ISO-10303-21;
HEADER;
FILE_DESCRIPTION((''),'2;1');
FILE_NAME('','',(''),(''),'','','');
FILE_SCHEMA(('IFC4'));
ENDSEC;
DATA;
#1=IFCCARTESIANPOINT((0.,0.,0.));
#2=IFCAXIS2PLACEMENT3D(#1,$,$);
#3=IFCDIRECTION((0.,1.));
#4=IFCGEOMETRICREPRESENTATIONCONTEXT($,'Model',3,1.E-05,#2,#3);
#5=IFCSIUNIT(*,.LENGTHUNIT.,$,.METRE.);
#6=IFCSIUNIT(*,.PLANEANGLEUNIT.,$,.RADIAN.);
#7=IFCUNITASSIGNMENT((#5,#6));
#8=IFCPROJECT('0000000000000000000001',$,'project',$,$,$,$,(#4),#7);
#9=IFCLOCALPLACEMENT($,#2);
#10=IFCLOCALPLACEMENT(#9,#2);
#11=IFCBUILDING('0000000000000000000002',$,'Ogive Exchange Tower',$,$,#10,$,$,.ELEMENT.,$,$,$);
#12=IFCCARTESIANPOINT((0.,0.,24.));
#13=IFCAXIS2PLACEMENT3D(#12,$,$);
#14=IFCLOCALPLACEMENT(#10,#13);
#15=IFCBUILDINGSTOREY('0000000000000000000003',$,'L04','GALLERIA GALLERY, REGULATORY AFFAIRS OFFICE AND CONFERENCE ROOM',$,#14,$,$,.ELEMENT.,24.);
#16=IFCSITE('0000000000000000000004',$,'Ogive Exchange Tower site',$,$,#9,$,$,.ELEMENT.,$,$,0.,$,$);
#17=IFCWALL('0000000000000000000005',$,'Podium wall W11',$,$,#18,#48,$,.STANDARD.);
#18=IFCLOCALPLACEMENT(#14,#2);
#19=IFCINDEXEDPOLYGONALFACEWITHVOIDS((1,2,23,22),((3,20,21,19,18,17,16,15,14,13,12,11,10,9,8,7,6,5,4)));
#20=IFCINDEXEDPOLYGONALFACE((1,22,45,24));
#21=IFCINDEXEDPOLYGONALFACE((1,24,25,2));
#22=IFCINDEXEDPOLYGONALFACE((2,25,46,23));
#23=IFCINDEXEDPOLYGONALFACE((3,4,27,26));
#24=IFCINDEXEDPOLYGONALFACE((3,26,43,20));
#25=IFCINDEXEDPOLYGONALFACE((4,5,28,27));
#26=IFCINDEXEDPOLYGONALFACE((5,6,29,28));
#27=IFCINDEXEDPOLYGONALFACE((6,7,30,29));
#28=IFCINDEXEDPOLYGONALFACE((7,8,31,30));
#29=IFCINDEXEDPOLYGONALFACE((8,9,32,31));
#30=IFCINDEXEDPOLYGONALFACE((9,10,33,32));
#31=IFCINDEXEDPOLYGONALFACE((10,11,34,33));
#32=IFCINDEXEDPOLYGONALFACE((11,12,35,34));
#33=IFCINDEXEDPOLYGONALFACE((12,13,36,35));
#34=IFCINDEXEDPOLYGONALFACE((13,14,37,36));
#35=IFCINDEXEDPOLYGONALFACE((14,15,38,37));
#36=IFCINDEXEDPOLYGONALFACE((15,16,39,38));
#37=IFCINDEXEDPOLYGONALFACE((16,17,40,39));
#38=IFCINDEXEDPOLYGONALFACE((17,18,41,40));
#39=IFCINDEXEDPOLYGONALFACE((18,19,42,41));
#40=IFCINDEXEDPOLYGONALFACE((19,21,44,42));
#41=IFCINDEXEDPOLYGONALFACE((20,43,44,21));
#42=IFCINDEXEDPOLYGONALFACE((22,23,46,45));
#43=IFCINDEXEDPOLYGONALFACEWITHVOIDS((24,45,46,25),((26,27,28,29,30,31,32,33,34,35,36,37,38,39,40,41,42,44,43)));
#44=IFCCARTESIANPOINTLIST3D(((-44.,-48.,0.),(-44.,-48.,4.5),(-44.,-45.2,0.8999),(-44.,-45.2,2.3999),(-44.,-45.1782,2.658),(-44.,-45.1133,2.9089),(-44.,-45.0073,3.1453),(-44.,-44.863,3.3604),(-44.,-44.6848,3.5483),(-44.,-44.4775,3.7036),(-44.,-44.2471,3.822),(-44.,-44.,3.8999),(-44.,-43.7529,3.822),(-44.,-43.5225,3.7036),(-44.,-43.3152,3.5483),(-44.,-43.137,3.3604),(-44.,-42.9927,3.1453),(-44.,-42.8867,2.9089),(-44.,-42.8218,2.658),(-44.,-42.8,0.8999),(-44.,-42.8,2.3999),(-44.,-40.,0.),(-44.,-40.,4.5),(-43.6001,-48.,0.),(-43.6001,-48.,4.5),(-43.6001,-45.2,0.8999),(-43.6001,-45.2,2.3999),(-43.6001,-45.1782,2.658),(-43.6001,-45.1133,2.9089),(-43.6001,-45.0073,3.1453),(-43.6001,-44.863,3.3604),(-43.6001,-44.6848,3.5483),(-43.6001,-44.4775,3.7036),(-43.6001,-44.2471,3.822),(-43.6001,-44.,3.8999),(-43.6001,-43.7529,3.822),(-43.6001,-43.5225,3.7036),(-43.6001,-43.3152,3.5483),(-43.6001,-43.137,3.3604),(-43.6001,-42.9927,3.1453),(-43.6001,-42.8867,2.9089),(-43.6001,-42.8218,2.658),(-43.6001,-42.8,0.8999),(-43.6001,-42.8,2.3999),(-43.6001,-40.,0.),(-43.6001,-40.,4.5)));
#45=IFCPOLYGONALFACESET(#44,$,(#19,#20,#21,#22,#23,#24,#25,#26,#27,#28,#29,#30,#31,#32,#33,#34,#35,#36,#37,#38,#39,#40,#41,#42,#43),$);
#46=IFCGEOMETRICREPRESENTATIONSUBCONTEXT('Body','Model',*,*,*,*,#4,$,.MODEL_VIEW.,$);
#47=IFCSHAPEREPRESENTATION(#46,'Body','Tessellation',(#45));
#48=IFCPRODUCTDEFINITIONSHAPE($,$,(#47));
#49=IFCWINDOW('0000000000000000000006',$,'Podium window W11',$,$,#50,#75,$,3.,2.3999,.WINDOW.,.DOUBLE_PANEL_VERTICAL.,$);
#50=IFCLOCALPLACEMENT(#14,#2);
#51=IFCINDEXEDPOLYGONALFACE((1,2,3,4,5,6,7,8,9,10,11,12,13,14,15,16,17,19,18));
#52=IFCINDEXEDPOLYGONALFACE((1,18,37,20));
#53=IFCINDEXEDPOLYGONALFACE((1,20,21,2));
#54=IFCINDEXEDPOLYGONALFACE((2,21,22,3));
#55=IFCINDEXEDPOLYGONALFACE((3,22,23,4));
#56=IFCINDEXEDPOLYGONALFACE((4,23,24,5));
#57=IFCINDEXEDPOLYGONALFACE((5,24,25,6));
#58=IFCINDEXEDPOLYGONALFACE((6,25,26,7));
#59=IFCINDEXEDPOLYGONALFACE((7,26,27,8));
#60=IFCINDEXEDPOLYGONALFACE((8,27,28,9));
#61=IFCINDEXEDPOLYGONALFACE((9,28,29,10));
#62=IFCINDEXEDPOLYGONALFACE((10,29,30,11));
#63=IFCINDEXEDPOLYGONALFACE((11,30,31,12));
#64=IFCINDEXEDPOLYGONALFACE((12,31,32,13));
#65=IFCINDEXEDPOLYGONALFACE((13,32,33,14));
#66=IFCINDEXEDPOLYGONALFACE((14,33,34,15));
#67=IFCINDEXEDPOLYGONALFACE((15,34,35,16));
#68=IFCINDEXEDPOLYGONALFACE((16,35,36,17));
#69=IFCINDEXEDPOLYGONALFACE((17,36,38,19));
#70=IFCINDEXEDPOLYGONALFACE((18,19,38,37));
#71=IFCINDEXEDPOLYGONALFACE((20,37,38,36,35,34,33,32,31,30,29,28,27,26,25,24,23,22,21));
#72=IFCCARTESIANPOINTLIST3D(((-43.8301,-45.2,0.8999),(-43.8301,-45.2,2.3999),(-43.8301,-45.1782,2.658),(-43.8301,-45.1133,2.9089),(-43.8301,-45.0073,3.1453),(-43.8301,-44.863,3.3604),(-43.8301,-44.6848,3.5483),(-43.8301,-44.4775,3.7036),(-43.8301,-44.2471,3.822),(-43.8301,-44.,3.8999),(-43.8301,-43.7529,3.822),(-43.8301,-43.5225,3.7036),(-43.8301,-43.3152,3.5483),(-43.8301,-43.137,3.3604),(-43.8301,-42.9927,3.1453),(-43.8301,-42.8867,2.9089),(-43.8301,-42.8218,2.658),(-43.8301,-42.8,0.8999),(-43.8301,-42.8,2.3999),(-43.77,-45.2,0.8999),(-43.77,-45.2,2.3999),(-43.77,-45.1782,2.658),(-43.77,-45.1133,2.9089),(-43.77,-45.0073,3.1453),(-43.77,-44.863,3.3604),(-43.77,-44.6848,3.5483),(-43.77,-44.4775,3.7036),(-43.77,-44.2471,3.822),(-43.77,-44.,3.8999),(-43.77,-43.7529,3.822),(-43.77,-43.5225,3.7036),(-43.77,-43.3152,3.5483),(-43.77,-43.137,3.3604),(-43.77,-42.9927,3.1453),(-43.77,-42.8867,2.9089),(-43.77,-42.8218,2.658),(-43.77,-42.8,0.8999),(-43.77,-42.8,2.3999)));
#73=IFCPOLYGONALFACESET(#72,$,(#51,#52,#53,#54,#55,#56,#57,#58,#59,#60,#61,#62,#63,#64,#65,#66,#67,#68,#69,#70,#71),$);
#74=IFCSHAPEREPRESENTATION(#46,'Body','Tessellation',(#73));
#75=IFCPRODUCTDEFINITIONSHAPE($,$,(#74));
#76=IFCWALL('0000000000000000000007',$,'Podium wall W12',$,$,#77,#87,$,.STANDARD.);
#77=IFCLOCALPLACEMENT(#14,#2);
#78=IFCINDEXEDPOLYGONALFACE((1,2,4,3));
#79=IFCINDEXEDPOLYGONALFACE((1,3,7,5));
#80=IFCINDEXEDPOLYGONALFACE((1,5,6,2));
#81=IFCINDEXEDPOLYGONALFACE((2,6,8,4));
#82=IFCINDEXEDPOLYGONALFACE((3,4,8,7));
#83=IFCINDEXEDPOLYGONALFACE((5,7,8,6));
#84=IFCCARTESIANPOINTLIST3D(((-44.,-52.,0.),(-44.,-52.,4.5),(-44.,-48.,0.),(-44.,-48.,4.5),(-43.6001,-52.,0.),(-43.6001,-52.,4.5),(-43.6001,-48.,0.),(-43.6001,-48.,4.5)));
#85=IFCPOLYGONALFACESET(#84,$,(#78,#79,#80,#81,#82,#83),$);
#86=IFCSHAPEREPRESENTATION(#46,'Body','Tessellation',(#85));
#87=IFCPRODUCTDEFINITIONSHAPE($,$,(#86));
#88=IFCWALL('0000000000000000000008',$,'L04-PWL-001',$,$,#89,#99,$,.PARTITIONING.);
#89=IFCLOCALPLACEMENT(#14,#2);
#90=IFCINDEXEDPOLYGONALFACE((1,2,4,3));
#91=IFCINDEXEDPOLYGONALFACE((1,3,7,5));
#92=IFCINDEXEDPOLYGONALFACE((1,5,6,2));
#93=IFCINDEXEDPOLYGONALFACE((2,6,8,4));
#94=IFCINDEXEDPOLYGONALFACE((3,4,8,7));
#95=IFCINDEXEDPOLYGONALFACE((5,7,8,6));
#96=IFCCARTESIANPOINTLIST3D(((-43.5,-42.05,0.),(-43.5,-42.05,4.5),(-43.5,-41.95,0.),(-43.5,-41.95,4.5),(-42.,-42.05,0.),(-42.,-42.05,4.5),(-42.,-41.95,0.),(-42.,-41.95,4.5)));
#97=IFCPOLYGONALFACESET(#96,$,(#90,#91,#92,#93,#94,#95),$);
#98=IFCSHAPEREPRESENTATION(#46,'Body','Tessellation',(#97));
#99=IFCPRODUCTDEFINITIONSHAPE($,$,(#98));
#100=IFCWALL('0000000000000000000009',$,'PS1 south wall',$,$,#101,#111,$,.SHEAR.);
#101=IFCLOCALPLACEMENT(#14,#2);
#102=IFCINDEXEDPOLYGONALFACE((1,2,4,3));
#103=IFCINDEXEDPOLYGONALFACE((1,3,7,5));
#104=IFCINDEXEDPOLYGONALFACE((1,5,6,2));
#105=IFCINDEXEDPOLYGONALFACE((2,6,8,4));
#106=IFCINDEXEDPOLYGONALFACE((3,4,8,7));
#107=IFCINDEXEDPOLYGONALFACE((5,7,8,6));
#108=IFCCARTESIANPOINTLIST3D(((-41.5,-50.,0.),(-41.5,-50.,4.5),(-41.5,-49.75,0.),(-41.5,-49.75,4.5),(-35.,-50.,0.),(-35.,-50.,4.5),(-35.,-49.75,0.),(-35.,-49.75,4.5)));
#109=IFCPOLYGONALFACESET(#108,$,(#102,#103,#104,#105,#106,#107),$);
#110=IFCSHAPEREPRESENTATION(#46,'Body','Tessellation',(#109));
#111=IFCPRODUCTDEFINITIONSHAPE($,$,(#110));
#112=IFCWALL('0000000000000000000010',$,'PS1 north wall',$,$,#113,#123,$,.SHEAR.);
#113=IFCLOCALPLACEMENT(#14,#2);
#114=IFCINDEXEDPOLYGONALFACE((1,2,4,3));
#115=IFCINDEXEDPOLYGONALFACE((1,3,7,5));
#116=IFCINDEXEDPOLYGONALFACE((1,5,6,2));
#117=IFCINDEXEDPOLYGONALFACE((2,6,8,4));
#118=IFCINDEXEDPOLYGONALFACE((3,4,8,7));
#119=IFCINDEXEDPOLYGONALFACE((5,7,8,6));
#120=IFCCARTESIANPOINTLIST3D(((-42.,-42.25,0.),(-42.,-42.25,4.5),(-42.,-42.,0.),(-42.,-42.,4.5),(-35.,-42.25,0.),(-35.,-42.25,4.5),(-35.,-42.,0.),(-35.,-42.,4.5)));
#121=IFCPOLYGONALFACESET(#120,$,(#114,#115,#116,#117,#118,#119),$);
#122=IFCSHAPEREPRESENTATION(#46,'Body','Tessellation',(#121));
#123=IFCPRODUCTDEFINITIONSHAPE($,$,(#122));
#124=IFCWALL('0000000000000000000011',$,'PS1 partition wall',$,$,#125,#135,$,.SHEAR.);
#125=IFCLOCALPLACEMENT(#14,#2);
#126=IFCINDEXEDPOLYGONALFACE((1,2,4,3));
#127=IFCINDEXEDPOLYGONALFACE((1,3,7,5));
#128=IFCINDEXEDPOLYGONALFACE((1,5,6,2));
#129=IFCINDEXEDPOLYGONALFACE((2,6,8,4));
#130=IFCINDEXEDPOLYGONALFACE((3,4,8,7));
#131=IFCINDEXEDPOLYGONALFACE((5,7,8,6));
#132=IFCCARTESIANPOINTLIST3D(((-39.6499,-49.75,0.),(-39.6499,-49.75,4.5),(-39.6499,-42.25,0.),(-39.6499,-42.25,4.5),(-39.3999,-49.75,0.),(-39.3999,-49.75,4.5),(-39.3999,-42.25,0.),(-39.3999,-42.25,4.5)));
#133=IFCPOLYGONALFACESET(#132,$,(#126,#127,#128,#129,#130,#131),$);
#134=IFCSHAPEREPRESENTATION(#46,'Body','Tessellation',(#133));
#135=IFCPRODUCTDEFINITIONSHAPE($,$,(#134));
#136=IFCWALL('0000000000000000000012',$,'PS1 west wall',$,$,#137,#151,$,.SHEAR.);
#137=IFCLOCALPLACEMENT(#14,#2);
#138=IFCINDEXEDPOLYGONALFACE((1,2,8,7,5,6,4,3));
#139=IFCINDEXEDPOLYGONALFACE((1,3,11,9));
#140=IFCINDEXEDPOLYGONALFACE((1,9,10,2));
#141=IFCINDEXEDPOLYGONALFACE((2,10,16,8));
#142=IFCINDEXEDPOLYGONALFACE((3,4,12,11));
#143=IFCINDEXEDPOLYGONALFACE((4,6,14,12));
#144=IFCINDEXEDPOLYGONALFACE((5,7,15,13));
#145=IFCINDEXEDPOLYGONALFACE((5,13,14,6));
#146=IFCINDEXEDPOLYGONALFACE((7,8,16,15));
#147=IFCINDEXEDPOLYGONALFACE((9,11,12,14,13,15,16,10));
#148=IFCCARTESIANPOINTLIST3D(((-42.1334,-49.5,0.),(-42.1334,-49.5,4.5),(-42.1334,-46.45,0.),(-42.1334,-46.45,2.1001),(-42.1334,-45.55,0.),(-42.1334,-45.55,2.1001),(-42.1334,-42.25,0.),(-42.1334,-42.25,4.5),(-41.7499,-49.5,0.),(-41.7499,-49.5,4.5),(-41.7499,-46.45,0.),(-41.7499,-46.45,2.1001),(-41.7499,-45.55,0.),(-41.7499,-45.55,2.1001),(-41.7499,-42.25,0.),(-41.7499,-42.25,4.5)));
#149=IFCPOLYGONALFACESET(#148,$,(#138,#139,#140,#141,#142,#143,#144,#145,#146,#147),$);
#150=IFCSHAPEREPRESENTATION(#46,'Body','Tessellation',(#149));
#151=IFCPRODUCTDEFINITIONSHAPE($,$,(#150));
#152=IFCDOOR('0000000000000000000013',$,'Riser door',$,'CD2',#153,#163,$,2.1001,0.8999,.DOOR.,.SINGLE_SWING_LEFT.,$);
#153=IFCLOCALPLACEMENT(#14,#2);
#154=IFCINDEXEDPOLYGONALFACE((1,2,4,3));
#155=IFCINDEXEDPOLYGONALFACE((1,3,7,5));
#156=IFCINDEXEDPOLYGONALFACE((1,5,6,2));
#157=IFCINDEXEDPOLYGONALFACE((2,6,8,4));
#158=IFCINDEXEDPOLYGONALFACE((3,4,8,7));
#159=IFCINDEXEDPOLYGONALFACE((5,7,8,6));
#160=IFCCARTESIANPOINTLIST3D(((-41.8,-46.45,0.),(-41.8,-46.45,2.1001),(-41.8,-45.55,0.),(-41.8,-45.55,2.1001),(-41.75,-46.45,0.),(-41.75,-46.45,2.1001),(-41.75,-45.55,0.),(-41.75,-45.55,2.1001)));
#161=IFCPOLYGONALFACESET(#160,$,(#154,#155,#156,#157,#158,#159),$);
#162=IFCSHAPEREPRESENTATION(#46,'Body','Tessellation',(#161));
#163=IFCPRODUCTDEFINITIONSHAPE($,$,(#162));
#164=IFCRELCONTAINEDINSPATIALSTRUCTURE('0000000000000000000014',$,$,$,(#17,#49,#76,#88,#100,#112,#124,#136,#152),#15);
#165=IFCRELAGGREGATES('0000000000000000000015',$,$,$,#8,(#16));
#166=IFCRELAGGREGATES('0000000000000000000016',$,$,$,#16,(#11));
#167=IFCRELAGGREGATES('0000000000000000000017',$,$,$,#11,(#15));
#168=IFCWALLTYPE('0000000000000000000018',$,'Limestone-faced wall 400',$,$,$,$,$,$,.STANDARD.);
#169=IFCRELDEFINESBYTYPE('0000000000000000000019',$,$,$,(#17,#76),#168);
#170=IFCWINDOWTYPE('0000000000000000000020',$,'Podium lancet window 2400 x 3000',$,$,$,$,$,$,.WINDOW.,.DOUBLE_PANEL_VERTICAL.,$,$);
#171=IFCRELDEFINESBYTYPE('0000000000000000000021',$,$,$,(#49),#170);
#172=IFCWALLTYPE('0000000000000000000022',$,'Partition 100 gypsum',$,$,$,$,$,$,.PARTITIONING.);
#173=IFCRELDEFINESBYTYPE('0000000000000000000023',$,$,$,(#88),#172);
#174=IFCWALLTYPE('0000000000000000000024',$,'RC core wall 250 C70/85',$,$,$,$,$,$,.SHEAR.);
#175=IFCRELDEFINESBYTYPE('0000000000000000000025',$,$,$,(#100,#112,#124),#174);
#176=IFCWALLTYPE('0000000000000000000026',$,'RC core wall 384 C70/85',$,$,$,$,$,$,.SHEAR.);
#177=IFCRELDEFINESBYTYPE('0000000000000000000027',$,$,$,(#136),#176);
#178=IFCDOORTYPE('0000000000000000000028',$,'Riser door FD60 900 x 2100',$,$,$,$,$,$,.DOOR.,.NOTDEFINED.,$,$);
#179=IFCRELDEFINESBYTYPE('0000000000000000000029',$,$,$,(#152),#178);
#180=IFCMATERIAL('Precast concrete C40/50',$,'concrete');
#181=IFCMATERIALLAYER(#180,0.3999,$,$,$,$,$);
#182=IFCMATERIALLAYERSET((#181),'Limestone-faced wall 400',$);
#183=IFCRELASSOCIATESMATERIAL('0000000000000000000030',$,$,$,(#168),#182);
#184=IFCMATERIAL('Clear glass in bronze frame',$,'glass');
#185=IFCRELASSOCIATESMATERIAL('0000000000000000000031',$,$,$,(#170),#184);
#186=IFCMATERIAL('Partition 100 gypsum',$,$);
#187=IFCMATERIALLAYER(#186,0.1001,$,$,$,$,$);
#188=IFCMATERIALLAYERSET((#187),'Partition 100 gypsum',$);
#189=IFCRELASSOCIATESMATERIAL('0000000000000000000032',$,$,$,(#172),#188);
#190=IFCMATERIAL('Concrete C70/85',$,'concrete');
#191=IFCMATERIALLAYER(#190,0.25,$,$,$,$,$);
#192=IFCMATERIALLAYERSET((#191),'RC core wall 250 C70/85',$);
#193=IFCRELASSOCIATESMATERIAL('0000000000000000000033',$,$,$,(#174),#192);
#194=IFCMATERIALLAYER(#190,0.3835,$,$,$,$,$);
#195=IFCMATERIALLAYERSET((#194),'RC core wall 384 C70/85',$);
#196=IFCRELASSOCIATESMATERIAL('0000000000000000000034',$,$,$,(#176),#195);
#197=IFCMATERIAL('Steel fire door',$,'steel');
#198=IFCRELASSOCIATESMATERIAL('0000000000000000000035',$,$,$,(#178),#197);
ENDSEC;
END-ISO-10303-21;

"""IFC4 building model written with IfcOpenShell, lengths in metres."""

from ifc_helpers import new_model, si_unit, direction, frame, frame_2d, origin, place, context, subcontext, project, spatial, polyline, rectangle, outline, extrude, material, layer, layer_set, type_object, element, fill, save


model = new_model("IFC4")

# Units and contexts
model_context = context("Model", 3, precision=1e-05, world=origin(), true_north=direction((0.0, 1.0)))
body_context = subcontext(model_context, "Body", "Model", "MODEL_VIEW")
ifc_project = project(units=[si_unit("LENGTHUNIT", "METRE"), si_unit("PLANEANGLEUNIT", "RADIAN")], contexts=[model_context])

# Site, building, storey
site_placement = place(None, origin())
site = spatial("IfcSite", under=ifc_project, at=site_placement, Name="Ogive Exchange Tower site", CompositionType="ELEMENT", RefElevation=0.0)
building_placement = place(site_placement, origin())
building = spatial("IfcBuilding", under=site, at=building_placement, Name="Ogive Exchange Tower", CompositionType="ELEMENT")
storey_placement = place(building_placement, frame((0.0, 0.0, 24.0)))
storey = spatial("IfcBuildingStorey", under=building, at=storey_placement, Name="L04", Description="GALLERIA GALLERY, REGULATORY AFFAIRS OFFICE AND CONFERENCE ROOM", CompositionType="ELEMENT", Elevation=24.0)

# Shared definitions
ifc_material_1 = material(Name="Concrete C70/85", Category="concrete")

# Shared definitions
ifc_material_2 = material(Name="Precast concrete C40/50", Category="concrete")
ifc_layer_1 = layer(ifc_material_2, 0.3999)
ifc_layer_set_1 = layer_set([ifc_layer_1], Name="Limestone-faced wall 400")
wall_type_1 = type_object("IfcWallType", Name="Limestone-faced wall 400", PredefinedType="STANDARD", material=ifc_layer_set_1)

# Shared definitions
ifc_material_3 = material(Name="Clear glass in bronze frame", Category="glass")

# Wall, opening, window
wall_1_placement = place(storey_placement, frame((-43.8, -40.0, 0.0), z_axis=(0.0, 0.0, 1.0), x_axis=(0.0, -1.0, 0.0)))
wall_1 = element("IfcWall", 1, at=wall_1_placement, inside=storey, type_object=wall_type_1, Name="Podium wall W11", PredefinedType="STANDARD", context=body_context, shape_type="SweptSolid", body=[
    extrude(rectangle(XDim=8.0, YDim=0.3999, at=frame_2d((4.0, 0.0))), origin(), (0.0, 0.0, 1.0), 4.5),
])
opening_1_placement = place(wall_1_placement, frame((2.8, 0.0, 0.8999)))
opening_1 = element("IfcOpeningElement", 2, at=opening_1_placement, cuts=wall_1, PredefinedType="OPENING", context=body_context, shape_type="SweptSolid", body=[
    extrude(outline(polyline([(0.0, 0.0), (2.3999, 0.0), (2.3999, 1.5), (2.3782, 1.7581), (2.3132, 2.009), (2.2073, 2.2454), (2.063, 2.4604), (1.8848, 2.6484), (1.6775, 2.8037), (1.447, 2.9221), (1.2, 3.0), (0.9529, 2.9221), (0.7224, 2.8037), (0.5151, 2.6484), (0.3369, 2.4604), (0.1926, 2.2454), (0.0867, 2.009), (0.0217, 1.7581), (0.0, 1.5), (0.0, 0.0)])), frame((0.0, 0.21, 0.0), z_axis=(0.0, -1.0, 0.0), x_axis=(1.0, 0.0, 0.0)), (0.0, 0.0, 1.0), 0.4199),
])
window_type_1 = type_object("IfcWindowType", Name="Podium lancet window 2400 x 3000", PartitioningType="DOUBLE_PANEL_VERTICAL", PredefinedType="WINDOW", material=ifc_material_3)
window_1_placement = place(opening_1_placement, origin())
window_1 = element("IfcWindow", 3, at=window_1_placement, inside=storey, type_object=window_type_1, Name="Podium window W11", OverallHeight=3.0, OverallWidth=2.3999, PartitioningType="DOUBLE_PANEL_VERTICAL", PredefinedType="WINDOW", context=body_context, shape_type="SweptSolid", body=[
    extrude(outline(polyline([(0.0, 0.0), (2.3999, 0.0), (2.3999, 1.5), (2.3782, 1.7581), (2.3132, 2.009), (2.2073, 2.2454), (2.063, 2.4604), (1.8848, 2.6484), (1.6775, 2.8037), (1.447, 2.9221), (1.2, 3.0), (0.9529, 2.9221), (0.7224, 2.8037), (0.5151, 2.6484), (0.3369, 2.4604), (0.1926, 2.2454), (0.0867, 2.009), (0.0217, 1.7581), (0.0, 1.5), (0.0, 0.0)])), frame((0.0, 0.03, 0.0), z_axis=(0.0, -1.0, 0.0), x_axis=(1.0, 0.0, 0.0)), (0.0, 0.0, 1.0), 0.0601),
])
fill(opening_1, window_1)

# Walls
wall_2_placement = place(storey_placement, frame((-43.8, -48.0, 0.0), z_axis=(0.0, 0.0, 1.0), x_axis=(0.0, -1.0, 0.0)))
element("IfcWall", 4, at=wall_2_placement, inside=storey, type_object=wall_type_1, Name="Podium wall W12", PredefinedType="STANDARD", context=body_context, shape_type="SweptSolid", body=[
    extrude(rectangle(XDim=4.0, YDim=0.3999, at=frame_2d((2.0, 0.0))), origin(), (0.0, 0.0, 1.0), 4.5),
])
ifc_material_4 = material(Name="Partition 100 gypsum")
ifc_layer_2 = layer(ifc_material_4, 0.1001)
ifc_layer_set_2 = layer_set([ifc_layer_2], Name="Partition 100 gypsum")
wall_type_2 = type_object("IfcWallType", Name="Partition 100 gypsum", PredefinedType="PARTITIONING", material=ifc_layer_set_2)
wall_3_placement = place(storey_placement, frame((-43.5, -42.0, 0.0), z_axis=(0.0, 0.0, 1.0), x_axis=(1.0, 0.0, 0.0)))
element("IfcWall", 5, at=wall_3_placement, inside=storey, type_object=wall_type_2, Name="L04-PWL-001", PredefinedType="PARTITIONING", context=body_context, shape_type="SweptSolid", body=[
    extrude(rectangle(XDim=1.5, YDim=0.1001, at=frame_2d((0.75, 0.0))), origin(), (0.0, 0.0, 1.0), 4.5),
])
ifc_layer_3 = layer(ifc_material_1, 0.25)
ifc_layer_set_3 = layer_set([ifc_layer_3], Name="RC core wall 250 C70/85")
wall_type_3 = type_object("IfcWallType", Name="RC core wall 250 C70/85", PredefinedType="SHEAR", material=ifc_layer_set_3)
wall_4_placement = place(storey_placement, frame((-41.5, -49.875, 0.0), z_axis=(0.0, 0.0, 1.0), x_axis=(1.0, 0.0, 0.0)))
element("IfcWall", 6, at=wall_4_placement, inside=storey, type_object=wall_type_3, Name="PS1 south wall", PredefinedType="SHEAR", context=body_context, shape_type="SweptSolid", body=[
    extrude(rectangle(XDim=6.5, YDim=0.25, at=frame_2d((3.25, 0.0))), origin(), (0.0, 0.0, 1.0), 4.5),
])
wall_5_placement = place(storey_placement, frame((-42.0, -42.125, 0.0), z_axis=(0.0, 0.0, 1.0), x_axis=(1.0, 0.0, 0.0)))
element("IfcWall", 7, at=wall_5_placement, inside=storey, type_object=wall_type_3, Name="PS1 north wall", PredefinedType="SHEAR", context=body_context, shape_type="SweptSolid", body=[
    extrude(rectangle(XDim=7.0, YDim=0.25, at=frame_2d((3.5, 0.0))), origin(), (0.0, 0.0, 1.0), 4.5),
])
wall_6_placement = place(storey_placement, frame((-39.5249, -49.75, 0.0), z_axis=(0.0, 0.0, 1.0), x_axis=(0.0, 1.0, 0.0)))
element("IfcWall", 8, at=wall_6_placement, inside=storey, type_object=wall_type_3, Name="PS1 partition wall", PredefinedType="SHEAR", context=body_context, shape_type="SweptSolid", body=[
    extrude(rectangle(XDim=7.5, YDim=0.25, at=frame_2d((3.75, 0.0))), origin(), (0.0, 0.0, 1.0), 4.5),
])

# Wall, opening, door
ifc_layer_4 = layer(ifc_material_1, 0.3835)
ifc_layer_set_4 = layer_set([ifc_layer_4], Name="RC core wall 384 C70/85")
wall_type_4 = type_object("IfcWallType", Name="RC core wall 384 C70/85", PredefinedType="SHEAR", material=ifc_layer_set_4)
wall_7_placement = place(storey_placement, frame((-41.9417, -49.5, 0.0), z_axis=(0.0, 0.0, 1.0), x_axis=(0.0, 1.0, 0.0)))
wall_7 = element("IfcWall", 9, at=wall_7_placement, inside=storey, type_object=wall_type_4, Name="PS1 west wall", PredefinedType="SHEAR", context=body_context, shape_type="SweptSolid", body=[
    extrude(rectangle(XDim=7.25, YDim=0.3835, at=frame_2d((3.625, 0.0))), origin(), (0.0, 0.0, 1.0), 4.5),
])
opening_2_placement = place(wall_7_placement, frame((3.05, 0.0, 0.0)))
opening_2 = element("IfcOpeningElement", 10, at=opening_2_placement, cuts=wall_7, PredefinedType="OPENING", context=body_context, shape_type="SweptSolid", body=[
    extrude(rectangle(XDim=0.8999, YDim=2.1001, at=frame_2d((0.45, 1.05))), frame((0.0, 0.2017, 0.0), z_axis=(0.0, -1.0, 0.0), x_axis=(1.0, 0.0, 0.0)), (0.0, 0.0, 1.0), 0.4036),
])
ifc_material_5 = material(Name="Steel fire door", Category="steel")
door_type = type_object("IfcDoorType", Name="Riser door FD60 900 x 2100", OperationType="NOTDEFINED", PredefinedType="DOOR", material=ifc_material_5)
door_placement = place(opening_2_placement, origin())
door = element("IfcDoor", 11, at=door_placement, inside=storey, type_object=door_type, Name="Riser door", ObjectType="CD2", OperationType="SINGLE_SWING_LEFT", OverallHeight=2.1001, OverallWidth=0.8999, PredefinedType="DOOR", context=body_context, shape_type="SweptSolid", body=[
    extrude(rectangle(XDim=0.8999, YDim=2.1001, at=frame_2d((0.45, 1.05))), frame((0.0, -0.1416, 0.0), z_axis=(0.0, -1.0, 0.0), x_axis=(1.0, 0.0, 0.0)), (0.0, 0.0, 1.0), 0.05),
])
fill(opening_2, door)

save(model, "model.ifc")
